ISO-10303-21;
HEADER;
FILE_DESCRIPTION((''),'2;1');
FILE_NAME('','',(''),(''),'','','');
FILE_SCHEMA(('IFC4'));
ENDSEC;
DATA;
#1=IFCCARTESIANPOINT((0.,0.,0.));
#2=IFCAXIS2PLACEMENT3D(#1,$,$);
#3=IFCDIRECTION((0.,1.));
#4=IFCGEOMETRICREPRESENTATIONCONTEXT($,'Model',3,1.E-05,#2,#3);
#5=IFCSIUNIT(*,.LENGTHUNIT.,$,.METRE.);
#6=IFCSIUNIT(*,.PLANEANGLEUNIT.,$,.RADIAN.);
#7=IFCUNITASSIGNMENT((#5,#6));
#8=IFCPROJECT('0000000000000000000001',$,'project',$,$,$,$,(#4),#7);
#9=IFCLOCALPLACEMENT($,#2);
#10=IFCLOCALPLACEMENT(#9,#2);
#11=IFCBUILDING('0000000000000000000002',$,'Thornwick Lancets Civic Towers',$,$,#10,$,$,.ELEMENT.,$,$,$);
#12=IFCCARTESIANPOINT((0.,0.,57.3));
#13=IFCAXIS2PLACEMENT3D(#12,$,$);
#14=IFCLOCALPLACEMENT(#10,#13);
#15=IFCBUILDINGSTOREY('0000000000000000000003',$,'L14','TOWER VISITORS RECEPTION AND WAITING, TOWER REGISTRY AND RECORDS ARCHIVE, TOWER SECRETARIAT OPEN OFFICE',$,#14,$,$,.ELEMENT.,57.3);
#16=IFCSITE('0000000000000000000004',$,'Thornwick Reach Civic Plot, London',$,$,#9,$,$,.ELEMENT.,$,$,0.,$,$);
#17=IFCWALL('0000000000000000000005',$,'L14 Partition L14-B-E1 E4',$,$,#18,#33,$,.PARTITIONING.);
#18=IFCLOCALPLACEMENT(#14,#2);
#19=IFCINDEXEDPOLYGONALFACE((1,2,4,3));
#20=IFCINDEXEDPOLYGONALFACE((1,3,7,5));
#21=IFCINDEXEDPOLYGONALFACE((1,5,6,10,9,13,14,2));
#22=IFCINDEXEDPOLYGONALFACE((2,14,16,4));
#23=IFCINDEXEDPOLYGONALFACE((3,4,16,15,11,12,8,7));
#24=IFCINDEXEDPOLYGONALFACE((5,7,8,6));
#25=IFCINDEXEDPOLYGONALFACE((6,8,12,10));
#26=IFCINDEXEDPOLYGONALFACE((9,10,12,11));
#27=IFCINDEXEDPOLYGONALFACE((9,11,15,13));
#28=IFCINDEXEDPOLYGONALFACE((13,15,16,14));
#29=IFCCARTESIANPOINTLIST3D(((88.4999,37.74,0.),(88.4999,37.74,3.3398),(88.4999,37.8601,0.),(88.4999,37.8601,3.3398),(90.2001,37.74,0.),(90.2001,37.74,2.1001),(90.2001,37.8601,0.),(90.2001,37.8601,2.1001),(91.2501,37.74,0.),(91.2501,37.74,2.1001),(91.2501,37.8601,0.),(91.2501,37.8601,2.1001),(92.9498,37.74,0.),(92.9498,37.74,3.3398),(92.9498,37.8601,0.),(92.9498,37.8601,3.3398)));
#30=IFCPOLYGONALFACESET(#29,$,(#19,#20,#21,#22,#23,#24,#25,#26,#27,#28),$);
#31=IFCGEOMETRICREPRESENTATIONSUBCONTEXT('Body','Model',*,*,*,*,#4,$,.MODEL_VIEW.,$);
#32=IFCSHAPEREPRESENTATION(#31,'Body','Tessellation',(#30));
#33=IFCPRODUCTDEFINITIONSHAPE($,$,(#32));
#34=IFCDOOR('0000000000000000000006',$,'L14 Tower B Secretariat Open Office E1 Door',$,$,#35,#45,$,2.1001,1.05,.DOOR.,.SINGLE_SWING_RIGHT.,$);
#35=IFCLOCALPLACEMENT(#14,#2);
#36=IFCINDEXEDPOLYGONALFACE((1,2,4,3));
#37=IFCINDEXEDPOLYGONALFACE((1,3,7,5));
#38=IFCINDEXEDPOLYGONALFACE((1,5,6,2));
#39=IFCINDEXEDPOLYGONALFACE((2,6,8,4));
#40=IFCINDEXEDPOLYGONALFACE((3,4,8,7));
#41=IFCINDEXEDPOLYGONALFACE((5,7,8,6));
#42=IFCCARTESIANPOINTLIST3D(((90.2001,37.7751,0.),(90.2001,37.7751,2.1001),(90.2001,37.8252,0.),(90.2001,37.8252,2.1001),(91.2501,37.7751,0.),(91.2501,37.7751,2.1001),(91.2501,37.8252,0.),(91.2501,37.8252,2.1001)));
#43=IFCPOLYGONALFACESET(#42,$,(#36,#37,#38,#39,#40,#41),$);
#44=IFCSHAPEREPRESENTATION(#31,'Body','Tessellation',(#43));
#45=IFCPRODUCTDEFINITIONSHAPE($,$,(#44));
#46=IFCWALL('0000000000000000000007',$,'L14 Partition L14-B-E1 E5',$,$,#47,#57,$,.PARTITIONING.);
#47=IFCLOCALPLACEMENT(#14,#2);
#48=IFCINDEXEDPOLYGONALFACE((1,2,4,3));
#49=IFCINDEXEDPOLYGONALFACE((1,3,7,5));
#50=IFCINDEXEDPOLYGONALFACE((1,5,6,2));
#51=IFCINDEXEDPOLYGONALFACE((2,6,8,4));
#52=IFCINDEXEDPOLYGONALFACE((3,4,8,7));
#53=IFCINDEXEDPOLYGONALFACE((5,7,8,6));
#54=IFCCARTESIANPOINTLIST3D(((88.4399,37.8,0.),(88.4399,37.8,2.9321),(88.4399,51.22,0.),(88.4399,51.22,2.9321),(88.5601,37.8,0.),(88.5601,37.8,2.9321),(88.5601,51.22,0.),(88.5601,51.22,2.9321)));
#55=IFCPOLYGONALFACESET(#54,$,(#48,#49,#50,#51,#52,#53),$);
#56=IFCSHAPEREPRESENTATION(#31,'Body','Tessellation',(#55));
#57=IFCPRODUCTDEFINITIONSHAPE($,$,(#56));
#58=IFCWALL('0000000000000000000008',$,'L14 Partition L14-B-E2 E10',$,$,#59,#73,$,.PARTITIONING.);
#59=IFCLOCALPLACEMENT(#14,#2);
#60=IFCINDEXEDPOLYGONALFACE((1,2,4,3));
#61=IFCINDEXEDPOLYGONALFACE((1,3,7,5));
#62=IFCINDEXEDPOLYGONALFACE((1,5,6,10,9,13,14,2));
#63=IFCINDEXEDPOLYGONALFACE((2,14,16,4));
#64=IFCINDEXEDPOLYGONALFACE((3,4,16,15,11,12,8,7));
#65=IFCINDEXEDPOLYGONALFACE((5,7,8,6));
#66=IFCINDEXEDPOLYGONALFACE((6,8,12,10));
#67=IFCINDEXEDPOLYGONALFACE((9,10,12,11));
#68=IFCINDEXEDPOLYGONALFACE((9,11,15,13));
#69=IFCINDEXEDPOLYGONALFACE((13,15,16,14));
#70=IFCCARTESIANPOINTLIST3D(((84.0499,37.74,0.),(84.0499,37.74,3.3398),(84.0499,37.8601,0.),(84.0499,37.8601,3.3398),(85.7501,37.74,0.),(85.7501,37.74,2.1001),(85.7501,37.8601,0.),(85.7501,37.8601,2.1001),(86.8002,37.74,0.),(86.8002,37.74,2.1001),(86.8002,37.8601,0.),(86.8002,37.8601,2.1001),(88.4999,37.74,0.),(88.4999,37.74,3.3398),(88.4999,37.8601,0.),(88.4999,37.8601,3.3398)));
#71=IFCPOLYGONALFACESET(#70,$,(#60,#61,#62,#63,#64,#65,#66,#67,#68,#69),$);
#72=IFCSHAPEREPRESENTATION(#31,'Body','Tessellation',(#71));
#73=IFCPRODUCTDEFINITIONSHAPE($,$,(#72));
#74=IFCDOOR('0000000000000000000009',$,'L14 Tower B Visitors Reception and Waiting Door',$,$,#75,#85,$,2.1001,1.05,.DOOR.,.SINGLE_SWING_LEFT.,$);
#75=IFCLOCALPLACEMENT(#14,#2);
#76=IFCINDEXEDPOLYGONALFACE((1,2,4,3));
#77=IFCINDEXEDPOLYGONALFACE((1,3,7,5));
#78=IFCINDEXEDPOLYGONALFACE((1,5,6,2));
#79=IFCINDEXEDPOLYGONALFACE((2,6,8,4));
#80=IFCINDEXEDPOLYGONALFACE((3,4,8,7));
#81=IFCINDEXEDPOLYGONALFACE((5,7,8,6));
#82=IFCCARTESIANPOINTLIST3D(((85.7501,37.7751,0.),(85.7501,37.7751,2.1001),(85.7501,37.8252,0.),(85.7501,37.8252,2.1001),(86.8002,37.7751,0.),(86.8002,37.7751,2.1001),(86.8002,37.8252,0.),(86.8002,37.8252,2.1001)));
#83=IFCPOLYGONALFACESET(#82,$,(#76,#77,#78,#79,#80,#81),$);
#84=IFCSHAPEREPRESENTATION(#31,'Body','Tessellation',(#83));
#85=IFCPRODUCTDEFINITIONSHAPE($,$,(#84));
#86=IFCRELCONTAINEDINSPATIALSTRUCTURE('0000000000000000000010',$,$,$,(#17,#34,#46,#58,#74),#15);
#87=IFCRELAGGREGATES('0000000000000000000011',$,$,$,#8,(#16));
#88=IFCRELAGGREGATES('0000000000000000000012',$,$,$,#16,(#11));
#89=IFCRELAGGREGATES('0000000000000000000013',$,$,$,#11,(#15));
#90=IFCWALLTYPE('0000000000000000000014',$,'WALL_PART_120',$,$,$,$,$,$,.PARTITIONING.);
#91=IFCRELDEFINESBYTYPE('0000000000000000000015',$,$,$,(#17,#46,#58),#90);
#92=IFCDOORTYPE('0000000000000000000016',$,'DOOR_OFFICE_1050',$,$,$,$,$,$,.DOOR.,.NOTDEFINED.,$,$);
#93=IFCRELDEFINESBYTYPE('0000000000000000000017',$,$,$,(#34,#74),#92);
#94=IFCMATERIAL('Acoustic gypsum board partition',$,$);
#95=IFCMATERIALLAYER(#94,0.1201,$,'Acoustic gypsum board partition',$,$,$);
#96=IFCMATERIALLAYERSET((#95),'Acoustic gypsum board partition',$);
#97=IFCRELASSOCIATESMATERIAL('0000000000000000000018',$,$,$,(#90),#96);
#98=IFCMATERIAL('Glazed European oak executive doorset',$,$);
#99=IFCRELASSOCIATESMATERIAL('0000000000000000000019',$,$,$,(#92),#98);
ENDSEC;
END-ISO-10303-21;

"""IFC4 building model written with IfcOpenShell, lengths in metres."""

from ifc_helpers import new_model, si_unit, direction, frame, frame_2d, origin, place, context, subcontext, project, spatial, rectangle, extrude, material, layer, layer_set, type_object, element, fill, save


model = new_model("IFC4")

# Units and contexts
model_context = context("Model", 3, precision=1e-05, world=origin(), true_north=direction((0.0, 1.0)))
body_context = subcontext(model_context, "Body", "Model", "MODEL_VIEW")
ifc_project = project(units=[si_unit("LENGTHUNIT", "METRE"), si_unit("PLANEANGLEUNIT", "RADIAN")], contexts=[model_context])

# Site, building, storey
site_placement = place(None, origin())
site = spatial("IfcSite", under=ifc_project, at=site_placement, Name="Thornwick Reach Civic Plot, London", CompositionType="ELEMENT", RefElevation=0.0)
building_placement = place(site_placement, origin())
building = spatial("IfcBuilding", under=site, at=building_placement, Name="Thornwick Lancets Civic Towers", CompositionType="ELEMENT")
storey_placement = place(building_placement, frame((0.0, 0.0, 57.3)))
storey = spatial("IfcBuildingStorey", under=building, at=storey_placement, Name="L14", Description="TOWER VISITORS RECEPTION AND WAITING, TOWER REGISTRY AND RECORDS ARCHIVE, TOWER SECRETARIAT OPEN OFFICE", CompositionType="ELEMENT", Elevation=57.3)

# Shared definitions
ifc_material_1 = material(Name="Acoustic gypsum board partition")
ifc_layer_1 = layer(ifc_material_1, 0.1201, Name="Acoustic gypsum board partition")
ifc_layer_set_1 = layer_set([ifc_layer_1], Name="Acoustic gypsum board partition")
wall_type_1 = type_object("IfcWallType", Name="WALL_PART_120", PredefinedType="PARTITIONING", material=ifc_layer_set_1)

# Wall, opening, door
wall_1_placement = place(storey_placement, frame((92.95, 37.8, 0.0), z_axis=(0.0, 0.0, 1.0), x_axis=(-1.0, 0.0, 0.0)))
wall_1 = element("IfcWall", 1, at=wall_1_placement, inside=storey, type_object=wall_type_1, Name="L14 Partition L14-B-E1 E4", PredefinedType="PARTITIONING", context=body_context, shape_type="SweptSolid", body=[
    extrude(rectangle(XDim=4.45, YDim=0.1201, at=frame_2d((2.2251, 0.0))), origin(), (0.0, 0.0, 1.0), 3.3398),
])
opening_1_placement = place(wall_1_placement, frame((1.7, 0.0, 0.0)))
opening_1 = element("IfcOpeningElement", 2, at=opening_1_placement, cuts=wall_1, PredefinedType="OPENING", context=body_context, shape_type="SweptSolid", body=[
    extrude(rectangle(XDim=1.05, YDim=2.1001, at=frame_2d((0.5249, 1.05))), frame((0.0, 0.0701, 0.0), z_axis=(0.0, -1.0, 0.0), x_axis=(1.0, 0.0, 0.0)), (0.0, 0.0, 1.0), 0.1401),
])
ifc_material_2 = material(Name="Glazed European oak executive doorset")
door_type_1 = type_object("IfcDoorType", Name="DOOR_OFFICE_1050", OperationType="NOTDEFINED", PredefinedType="DOOR", material=ifc_material_2)
door_1_placement = place(opening_1_placement, origin())
door_1 = element("IfcDoor", 3, at=door_1_placement, inside=storey, type_object=door_type_1, Name="L14 Tower B Secretariat Open Office E1 Door", OperationType="SINGLE_SWING_RIGHT", OverallHeight=2.1001, OverallWidth=1.05, PredefinedType="DOOR", context=body_context, shape_type="SweptSolid", body=[
    extrude(rectangle(XDim=1.05, YDim=2.1001, at=frame_2d((0.5249, 1.05))), frame((0.0, 0.0249, 0.0), z_axis=(0.0, -1.0, 0.0), x_axis=(1.0, 0.0, 0.0)), (0.0, 0.0, 1.0), 0.05),
])
fill(opening_1, door_1)

# Wall
wall_2_placement = place(storey_placement, frame((88.5, 37.8, 0.0), z_axis=(0.0, 0.0, 1.0), x_axis=(0.0, 1.0, 0.0)))
element("IfcWall", 4, at=wall_2_placement, inside=storey, type_object=wall_type_1, Name="L14 Partition L14-B-E1 E5", PredefinedType="PARTITIONING", context=body_context, shape_type="SweptSolid", body=[
    extrude(rectangle(XDim=13.4199, YDim=0.1201, at=frame_2d((6.71, 0.0))), origin(), (0.0, 0.0, 1.0), 2.9321),
])

# Wall, opening, door
wall_3_placement = place(storey_placement, frame((88.5, 37.8, 0.0), z_axis=(0.0, 0.0, 1.0), x_axis=(-1.0, 0.0, 0.0)))
wall_3 = element("IfcWall", 5, at=wall_3_placement, inside=storey, type_object=wall_type_1, Name="L14 Partition L14-B-E2 E10", PredefinedType="PARTITIONING", context=body_context, shape_type="SweptSolid", body=[
    extrude(rectangle(XDim=4.45, YDim=0.1201, at=frame_2d((2.2251, 0.0))), origin(), (0.0, 0.0, 1.0), 3.3398),
])
opening_2_placement = place(wall_3_placement, frame((1.7, 0.0, 0.0)))
opening_2 = element("IfcOpeningElement", 6, at=opening_2_placement, cuts=wall_3, PredefinedType="OPENING", context=body_context, shape_type="SweptSolid", body=[
    extrude(rectangle(XDim=1.05, YDim=2.1001, at=frame_2d((0.5249, 1.05))), frame((0.0, 0.0701, 0.0), z_axis=(0.0, -1.0, 0.0), x_axis=(1.0, 0.0, 0.0)), (0.0, 0.0, 1.0), 0.1401),
])
door_2_placement = place(opening_2_placement, origin())
door_2 = element("IfcDoor", 7, at=door_2_placement, inside=storey, type_object=door_type_1, Name="L14 Tower B Visitors Reception and Waiting Door", OperationType="SINGLE_SWING_LEFT", OverallHeight=2.1001, OverallWidth=1.05, PredefinedType="DOOR", context=body_context, shape_type="SweptSolid", body=[
    extrude(rectangle(XDim=1.05, YDim=2.1001, at=frame_2d((0.5249, 1.05))), frame((0.0, 0.0249, 0.0), z_axis=(0.0, -1.0, 0.0), x_axis=(1.0, 0.0, 0.0)), (0.0, 0.0, 1.0), 0.05),
])
fill(opening_2, door_2)

save(model, "model.ifc")
